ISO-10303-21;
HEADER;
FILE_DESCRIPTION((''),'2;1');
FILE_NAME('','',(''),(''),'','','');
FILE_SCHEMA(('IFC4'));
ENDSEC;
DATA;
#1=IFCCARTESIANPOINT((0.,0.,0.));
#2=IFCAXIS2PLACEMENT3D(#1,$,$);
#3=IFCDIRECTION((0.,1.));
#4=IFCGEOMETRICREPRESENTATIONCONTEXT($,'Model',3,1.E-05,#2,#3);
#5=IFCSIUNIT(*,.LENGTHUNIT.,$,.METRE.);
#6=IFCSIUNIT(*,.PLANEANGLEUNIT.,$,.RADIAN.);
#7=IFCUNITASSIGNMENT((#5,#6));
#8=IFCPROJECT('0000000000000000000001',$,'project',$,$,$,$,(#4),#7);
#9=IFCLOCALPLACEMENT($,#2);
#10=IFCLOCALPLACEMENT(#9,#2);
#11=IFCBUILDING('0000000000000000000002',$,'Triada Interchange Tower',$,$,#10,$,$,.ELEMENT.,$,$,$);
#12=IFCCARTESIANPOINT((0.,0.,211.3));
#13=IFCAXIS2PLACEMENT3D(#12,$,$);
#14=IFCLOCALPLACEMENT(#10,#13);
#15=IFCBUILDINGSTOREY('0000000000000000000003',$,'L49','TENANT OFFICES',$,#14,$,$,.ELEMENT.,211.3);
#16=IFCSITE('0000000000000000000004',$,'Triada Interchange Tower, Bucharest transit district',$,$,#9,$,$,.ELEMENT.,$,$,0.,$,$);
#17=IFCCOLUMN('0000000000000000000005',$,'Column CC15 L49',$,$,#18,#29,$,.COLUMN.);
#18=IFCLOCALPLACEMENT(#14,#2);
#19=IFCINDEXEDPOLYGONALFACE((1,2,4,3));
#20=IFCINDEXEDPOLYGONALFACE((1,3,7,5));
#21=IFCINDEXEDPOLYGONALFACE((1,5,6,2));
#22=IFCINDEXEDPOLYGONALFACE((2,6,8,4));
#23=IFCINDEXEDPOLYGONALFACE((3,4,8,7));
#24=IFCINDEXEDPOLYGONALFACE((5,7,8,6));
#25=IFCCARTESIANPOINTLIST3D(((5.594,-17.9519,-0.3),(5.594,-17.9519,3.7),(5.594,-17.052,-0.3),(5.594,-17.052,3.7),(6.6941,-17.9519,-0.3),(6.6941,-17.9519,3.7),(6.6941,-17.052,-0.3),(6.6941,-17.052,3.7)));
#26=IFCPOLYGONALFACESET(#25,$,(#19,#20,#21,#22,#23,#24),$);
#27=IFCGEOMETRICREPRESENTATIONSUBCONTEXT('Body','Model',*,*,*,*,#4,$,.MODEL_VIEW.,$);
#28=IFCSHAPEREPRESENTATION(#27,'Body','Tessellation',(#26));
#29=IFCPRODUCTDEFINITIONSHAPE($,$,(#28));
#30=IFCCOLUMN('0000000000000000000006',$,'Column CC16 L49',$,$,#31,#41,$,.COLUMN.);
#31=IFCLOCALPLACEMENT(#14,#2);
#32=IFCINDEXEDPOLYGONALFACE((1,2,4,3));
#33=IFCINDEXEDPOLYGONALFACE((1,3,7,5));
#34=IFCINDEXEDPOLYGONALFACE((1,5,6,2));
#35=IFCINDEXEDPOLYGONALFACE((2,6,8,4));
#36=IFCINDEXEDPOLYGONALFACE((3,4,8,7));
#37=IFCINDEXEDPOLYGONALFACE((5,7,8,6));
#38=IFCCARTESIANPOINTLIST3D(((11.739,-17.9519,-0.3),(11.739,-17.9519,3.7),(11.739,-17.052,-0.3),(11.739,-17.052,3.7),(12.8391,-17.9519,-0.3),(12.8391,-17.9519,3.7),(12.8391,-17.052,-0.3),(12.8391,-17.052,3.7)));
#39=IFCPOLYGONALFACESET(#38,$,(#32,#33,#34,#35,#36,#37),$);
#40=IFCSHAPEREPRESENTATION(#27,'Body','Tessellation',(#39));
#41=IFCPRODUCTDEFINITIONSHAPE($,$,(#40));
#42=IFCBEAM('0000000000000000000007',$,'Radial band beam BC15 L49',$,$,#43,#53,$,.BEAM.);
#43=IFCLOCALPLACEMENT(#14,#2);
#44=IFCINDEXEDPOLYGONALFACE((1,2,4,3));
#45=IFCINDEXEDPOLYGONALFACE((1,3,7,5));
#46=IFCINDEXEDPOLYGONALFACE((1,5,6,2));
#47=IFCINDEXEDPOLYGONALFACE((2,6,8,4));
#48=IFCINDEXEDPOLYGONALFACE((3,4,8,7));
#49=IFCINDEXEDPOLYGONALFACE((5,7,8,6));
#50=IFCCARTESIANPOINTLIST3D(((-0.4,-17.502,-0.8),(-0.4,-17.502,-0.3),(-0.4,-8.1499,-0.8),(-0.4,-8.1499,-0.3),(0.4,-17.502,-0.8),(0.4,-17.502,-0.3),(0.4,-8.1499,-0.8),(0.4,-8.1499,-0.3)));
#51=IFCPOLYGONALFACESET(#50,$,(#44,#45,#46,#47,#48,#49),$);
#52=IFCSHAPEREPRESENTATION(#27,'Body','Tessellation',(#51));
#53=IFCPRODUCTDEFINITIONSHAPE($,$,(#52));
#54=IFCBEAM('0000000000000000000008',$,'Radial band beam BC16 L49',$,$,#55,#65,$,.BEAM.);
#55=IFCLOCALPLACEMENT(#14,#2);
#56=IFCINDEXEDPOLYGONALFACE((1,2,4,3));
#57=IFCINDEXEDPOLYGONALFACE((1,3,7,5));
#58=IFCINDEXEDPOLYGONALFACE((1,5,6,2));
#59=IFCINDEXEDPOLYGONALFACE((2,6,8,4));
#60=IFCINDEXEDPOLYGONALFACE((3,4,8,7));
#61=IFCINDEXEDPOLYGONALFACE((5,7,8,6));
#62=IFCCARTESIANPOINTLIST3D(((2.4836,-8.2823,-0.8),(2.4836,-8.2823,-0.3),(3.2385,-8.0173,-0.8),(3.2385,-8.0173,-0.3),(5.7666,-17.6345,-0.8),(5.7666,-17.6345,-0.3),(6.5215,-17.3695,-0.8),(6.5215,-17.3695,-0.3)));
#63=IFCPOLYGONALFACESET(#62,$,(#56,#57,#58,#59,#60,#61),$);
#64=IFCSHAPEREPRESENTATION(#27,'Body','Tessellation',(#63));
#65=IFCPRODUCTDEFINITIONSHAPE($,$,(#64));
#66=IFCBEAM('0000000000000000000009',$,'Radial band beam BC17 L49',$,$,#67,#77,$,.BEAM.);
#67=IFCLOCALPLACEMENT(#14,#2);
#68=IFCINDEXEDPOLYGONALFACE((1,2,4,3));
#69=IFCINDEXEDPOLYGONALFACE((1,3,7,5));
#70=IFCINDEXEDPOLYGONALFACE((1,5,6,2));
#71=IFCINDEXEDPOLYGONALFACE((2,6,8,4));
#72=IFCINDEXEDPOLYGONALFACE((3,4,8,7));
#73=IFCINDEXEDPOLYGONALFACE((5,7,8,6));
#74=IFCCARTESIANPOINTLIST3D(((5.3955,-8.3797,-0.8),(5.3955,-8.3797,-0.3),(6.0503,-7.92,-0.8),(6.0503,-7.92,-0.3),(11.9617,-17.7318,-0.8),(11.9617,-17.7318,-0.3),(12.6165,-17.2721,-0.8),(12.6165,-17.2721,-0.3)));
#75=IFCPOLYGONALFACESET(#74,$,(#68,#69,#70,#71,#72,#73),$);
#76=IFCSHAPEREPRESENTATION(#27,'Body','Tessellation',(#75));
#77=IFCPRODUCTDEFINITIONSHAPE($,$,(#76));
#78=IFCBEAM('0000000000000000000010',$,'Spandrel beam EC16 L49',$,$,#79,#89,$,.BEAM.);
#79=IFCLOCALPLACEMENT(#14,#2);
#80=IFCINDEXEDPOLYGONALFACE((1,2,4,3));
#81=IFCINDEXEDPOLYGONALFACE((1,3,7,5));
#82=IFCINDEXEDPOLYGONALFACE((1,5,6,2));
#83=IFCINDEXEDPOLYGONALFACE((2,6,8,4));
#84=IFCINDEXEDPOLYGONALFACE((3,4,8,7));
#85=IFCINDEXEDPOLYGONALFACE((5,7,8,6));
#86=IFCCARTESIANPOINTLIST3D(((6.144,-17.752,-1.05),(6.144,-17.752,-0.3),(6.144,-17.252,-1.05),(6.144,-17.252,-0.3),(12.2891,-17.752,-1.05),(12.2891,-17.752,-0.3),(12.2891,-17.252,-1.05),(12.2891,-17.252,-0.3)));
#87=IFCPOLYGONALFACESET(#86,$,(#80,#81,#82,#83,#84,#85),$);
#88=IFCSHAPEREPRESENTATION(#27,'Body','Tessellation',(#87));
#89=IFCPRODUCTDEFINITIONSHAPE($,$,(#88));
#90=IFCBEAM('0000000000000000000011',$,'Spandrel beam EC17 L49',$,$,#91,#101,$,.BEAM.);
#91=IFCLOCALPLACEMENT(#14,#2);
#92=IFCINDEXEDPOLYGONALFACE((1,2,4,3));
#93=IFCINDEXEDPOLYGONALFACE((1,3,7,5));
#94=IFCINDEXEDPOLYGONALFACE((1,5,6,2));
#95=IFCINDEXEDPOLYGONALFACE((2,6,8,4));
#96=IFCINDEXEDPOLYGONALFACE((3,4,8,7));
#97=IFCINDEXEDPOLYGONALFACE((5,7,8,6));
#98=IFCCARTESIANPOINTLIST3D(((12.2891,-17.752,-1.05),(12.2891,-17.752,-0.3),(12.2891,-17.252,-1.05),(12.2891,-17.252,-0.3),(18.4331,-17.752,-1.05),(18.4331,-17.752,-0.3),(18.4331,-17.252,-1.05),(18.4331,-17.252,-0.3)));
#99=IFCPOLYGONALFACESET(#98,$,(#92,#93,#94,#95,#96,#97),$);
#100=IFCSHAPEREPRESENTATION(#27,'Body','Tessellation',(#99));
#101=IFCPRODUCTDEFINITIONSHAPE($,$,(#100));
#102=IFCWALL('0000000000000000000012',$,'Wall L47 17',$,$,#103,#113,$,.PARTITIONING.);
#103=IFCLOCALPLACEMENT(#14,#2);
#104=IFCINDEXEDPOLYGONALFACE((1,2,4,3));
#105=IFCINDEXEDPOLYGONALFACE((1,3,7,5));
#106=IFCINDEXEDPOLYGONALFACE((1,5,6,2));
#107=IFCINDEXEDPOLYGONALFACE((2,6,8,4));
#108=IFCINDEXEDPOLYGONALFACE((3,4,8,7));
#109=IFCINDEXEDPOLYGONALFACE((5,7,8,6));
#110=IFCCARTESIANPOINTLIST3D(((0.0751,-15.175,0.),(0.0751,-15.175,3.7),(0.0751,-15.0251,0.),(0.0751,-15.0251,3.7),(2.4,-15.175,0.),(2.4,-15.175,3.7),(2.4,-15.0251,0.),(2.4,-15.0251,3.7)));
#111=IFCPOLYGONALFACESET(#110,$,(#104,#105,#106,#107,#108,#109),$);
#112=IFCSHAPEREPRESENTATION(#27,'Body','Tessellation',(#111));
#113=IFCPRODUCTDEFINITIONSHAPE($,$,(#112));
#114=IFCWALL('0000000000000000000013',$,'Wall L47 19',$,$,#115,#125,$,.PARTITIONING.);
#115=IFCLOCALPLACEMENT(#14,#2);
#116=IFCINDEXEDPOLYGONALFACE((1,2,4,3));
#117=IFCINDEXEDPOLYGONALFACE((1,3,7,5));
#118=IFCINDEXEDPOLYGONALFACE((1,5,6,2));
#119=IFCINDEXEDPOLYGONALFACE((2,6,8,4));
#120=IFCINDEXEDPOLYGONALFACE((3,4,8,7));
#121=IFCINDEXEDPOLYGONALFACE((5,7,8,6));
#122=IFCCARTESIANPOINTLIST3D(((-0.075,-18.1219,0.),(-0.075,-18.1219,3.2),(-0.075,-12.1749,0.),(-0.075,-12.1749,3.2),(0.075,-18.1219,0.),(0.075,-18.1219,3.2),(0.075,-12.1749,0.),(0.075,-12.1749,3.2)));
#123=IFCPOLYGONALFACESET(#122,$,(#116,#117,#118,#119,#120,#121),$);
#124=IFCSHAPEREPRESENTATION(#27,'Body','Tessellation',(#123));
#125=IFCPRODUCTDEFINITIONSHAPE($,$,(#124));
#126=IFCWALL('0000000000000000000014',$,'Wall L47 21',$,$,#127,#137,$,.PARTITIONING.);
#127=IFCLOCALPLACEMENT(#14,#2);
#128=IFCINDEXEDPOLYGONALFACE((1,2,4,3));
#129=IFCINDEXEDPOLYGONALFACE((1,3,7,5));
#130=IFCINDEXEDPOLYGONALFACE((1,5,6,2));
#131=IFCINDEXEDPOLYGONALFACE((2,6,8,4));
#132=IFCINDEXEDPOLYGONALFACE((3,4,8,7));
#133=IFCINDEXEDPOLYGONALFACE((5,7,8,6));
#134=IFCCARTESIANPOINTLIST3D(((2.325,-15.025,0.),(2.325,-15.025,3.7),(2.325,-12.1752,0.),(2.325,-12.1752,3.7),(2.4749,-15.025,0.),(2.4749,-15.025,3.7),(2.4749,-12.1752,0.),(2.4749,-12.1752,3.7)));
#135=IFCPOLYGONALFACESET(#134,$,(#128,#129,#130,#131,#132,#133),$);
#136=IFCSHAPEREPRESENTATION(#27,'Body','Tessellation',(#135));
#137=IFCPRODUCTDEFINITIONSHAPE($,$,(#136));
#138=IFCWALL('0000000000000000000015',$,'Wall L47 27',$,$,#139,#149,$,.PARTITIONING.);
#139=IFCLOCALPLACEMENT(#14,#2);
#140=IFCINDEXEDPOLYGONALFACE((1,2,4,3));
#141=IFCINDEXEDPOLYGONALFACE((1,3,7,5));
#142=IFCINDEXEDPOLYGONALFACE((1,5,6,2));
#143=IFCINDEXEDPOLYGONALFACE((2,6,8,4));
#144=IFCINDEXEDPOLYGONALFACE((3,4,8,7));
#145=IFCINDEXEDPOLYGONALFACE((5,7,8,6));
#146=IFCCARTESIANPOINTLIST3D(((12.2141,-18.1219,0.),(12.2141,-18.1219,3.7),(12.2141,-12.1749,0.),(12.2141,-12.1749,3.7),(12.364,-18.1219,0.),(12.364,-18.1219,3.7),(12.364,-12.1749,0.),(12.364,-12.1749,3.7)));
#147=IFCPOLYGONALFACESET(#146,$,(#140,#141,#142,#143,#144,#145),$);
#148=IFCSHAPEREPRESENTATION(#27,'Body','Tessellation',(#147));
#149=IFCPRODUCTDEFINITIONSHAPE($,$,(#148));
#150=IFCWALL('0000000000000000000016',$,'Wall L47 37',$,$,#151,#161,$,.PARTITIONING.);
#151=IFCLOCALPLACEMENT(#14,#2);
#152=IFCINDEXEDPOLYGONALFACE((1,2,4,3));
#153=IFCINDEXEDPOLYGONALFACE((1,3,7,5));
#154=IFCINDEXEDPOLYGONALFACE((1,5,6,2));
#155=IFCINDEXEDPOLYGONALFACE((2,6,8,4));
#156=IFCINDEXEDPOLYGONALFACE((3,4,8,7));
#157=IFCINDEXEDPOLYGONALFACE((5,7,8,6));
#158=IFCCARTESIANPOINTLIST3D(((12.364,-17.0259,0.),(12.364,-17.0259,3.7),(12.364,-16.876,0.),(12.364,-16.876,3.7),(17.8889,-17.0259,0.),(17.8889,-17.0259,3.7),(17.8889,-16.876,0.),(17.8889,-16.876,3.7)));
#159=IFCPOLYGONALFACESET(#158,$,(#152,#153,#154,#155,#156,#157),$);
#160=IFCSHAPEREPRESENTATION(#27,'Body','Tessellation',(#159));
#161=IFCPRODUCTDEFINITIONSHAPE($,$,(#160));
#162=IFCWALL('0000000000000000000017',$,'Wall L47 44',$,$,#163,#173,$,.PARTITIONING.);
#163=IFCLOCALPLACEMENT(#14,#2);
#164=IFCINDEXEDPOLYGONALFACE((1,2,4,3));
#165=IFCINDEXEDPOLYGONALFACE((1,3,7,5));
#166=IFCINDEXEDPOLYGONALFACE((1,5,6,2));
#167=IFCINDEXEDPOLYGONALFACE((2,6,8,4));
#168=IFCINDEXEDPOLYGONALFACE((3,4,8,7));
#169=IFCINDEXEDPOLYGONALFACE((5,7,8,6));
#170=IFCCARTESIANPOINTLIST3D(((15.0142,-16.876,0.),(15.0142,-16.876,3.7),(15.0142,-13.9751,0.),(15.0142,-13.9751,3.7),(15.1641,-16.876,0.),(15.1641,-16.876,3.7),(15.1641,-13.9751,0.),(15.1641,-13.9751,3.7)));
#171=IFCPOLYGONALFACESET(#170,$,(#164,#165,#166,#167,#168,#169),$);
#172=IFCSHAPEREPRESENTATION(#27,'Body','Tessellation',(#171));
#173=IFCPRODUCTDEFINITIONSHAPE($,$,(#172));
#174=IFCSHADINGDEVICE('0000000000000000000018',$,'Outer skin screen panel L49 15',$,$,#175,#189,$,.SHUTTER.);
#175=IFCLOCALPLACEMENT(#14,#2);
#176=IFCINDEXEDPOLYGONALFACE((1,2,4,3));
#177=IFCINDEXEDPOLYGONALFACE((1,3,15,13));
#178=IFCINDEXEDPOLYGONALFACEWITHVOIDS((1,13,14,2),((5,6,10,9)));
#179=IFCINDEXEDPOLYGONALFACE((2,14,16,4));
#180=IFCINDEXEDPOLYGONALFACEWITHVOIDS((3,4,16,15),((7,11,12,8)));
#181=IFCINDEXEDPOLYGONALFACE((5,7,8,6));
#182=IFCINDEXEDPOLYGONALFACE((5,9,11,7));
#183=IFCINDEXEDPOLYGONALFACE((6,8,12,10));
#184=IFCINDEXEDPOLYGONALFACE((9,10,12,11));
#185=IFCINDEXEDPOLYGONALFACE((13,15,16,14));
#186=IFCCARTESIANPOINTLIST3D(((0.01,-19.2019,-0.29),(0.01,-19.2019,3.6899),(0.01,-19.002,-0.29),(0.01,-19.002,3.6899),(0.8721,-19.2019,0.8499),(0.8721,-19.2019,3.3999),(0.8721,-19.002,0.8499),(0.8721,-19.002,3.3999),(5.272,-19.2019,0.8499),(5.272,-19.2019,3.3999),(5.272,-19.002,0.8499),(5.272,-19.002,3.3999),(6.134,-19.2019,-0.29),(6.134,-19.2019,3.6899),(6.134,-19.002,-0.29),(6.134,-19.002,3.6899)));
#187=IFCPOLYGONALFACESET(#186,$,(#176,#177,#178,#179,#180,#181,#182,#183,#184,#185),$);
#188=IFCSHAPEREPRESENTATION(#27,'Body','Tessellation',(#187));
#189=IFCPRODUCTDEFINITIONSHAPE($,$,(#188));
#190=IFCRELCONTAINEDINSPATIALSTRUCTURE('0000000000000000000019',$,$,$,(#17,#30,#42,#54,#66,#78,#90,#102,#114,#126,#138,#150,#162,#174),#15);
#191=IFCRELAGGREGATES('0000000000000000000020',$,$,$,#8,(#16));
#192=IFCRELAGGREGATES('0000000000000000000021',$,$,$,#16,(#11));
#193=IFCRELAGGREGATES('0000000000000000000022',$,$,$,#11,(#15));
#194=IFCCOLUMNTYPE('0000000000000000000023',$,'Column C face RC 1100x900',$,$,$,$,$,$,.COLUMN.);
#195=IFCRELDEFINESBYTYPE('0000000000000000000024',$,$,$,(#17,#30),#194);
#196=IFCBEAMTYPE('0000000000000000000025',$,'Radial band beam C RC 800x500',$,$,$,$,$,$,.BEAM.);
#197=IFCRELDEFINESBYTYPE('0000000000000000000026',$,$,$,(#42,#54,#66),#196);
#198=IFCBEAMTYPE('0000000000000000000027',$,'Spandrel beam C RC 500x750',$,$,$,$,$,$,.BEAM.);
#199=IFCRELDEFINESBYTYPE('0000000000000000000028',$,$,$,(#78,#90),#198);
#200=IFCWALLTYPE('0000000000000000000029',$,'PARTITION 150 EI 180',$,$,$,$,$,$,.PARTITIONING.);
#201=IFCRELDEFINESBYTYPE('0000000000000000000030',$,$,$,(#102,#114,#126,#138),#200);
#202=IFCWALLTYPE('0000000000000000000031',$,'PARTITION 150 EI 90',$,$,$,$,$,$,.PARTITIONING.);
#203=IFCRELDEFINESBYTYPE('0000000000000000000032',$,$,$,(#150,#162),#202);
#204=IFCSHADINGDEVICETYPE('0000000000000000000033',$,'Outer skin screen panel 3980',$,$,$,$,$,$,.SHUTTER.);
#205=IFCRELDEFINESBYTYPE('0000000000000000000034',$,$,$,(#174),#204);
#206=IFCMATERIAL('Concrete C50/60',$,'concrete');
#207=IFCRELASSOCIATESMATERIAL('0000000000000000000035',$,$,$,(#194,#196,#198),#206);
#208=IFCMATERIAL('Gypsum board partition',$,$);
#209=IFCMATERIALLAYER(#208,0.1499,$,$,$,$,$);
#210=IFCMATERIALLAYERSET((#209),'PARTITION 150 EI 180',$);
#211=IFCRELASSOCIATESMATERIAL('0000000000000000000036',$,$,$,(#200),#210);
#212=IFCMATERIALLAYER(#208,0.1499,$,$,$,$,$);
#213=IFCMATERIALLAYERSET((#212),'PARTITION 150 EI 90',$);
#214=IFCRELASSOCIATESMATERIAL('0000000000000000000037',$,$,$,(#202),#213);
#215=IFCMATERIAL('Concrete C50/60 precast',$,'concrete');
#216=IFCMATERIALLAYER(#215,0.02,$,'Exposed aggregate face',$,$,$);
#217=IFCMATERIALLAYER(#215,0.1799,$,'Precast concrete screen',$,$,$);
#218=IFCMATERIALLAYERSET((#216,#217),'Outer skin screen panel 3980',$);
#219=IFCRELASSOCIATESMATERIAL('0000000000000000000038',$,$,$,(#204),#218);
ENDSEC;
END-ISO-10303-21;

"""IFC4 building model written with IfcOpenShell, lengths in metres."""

from ifc_helpers import new_model, si_unit, direction, frame, frame_2d, origin, origin_2d, place, context, subcontext, project, spatial, polyline, rectangle, outline, extrude, material, layer, layer_set, material_profile, profile_set, type_object, element, save


model = new_model("IFC4")

# Units and contexts
model_context = context("Model", 3, precision=1e-05, world=origin(), true_north=direction((0.0, 1.0)))
body_context = subcontext(model_context, "Body", "Model", "MODEL_VIEW")
ifc_project = project(units=[si_unit("LENGTHUNIT", "METRE"), si_unit("PLANEANGLEUNIT", "RADIAN")], contexts=[model_context])

# Site, building, storey
site_placement = place(None, origin())
site = spatial("IfcSite", under=ifc_project, at=site_placement, Name="Triada Interchange Tower, Bucharest transit district", CompositionType="ELEMENT", RefElevation=0.0)
building_placement = place(site_placement, origin())
building = spatial("IfcBuilding", under=site, at=building_placement, Name="Triada Interchange Tower", CompositionType="ELEMENT")
storey_placement = place(building_placement, frame((0.0, 0.0, 211.3)))
storey = spatial("IfcBuildingStorey", under=building, at=storey_placement, Name="L49", Description="TENANT OFFICES", CompositionType="ELEMENT", Elevation=211.3)

# Columns
ifc_material_1 = material(Name="Concrete C50/60", Category="concrete")
ifc_material_profile_1 = material_profile(ifc_material_1, rectangle(XDim=1.1001, YDim=0.8999, at=origin_2d()), Name="RC 1100x900")
ifc_profile_set_1 = profile_set([ifc_material_profile_1], Name="Concrete C50/60")
column_type = type_object("IfcColumnType", Name="Column C face RC 1100x900", PredefinedType="COLUMN", material=ifc_profile_set_1)
for number, where, z_axis, x_axis, name in (
    (1, (6.144, -17.502, -0.3), (0.0, 0.0, 1.0), (1.0, 0.0, 0.0), "Column CC15 L49"),
    (2, (12.2891, -17.502, -0.3), (0.0, 0.0, 1.0), (1.0, 0.0, 0.0), "Column CC16 L49"),
):
    element("IfcColumn", number, at=place(storey_placement, frame(where, z_axis=z_axis, x_axis=x_axis)), inside=storey, type_object=column_type, Name=name, PredefinedType="COLUMN", context=body_context, shape_type="SweptSolid", body=[
        extrude(rectangle(XDim=1.1001, YDim=0.8999, at=origin_2d()), origin(), (0.0, 0.0, 1.0), 4.0),
    ])

# Beams
ifc_material_profile_2 = material_profile(ifc_material_1, rectangle(XDim=0.8, YDim=0.5, at=origin_2d()), Name="RC 800x500")
ifc_profile_set_2 = profile_set([ifc_material_profile_2], Name="Concrete C50/60")
beam_type_1 = type_object("IfcBeamType", Name="Radial band beam C RC 800x500", PredefinedType="BEAM", material=ifc_profile_set_2)
beam_1_placement = place(storey_placement, frame((0.0, -17.502, -0.55), z_axis=(0.0, 1.0, 0.0), x_axis=(-1.0, 0.0, 0.0)))
element("IfcBeam", 3, at=beam_1_placement, inside=storey, type_object=beam_type_1, Name="Radial band beam BC15 L49", PredefinedType="BEAM", context=body_context, shape_type="SweptSolid", body=[
    extrude(rectangle(XDim=0.8, YDim=0.5, at=origin_2d()), origin(), (0.0, 0.0, 1.0), 9.3521),
])
beam_2_placement = place(storey_placement, frame((6.144, -17.502, -0.55), z_axis=(-0.331226, 0.943552, 0.0), x_axis=(-0.943552, -0.331226, 0.0)))
element("IfcBeam", 4, at=beam_2_placement, inside=storey, type_object=beam_type_1, Name="Radial band beam BC16 L49", PredefinedType="BEAM", context=body_context, shape_type="SweptSolid", body=[
    extrude(rectangle(XDim=0.8, YDim=0.5, at=origin_2d()), origin(), (0.0, 0.0, 1.0), 9.9116),
])
beam_3_placement = place(storey_placement, frame((12.2891, -17.502, -0.55), z_axis=(-0.57462, 0.81842, 0.0), x_axis=(-0.81842, -0.57462, 0.0)))
element("IfcBeam", 5, at=beam_3_placement, inside=storey, type_object=beam_type_1, Name="Radial band beam BC17 L49", PredefinedType="BEAM", context=body_context, shape_type="SweptSolid", body=[
    extrude(rectangle(XDim=0.8, YDim=0.5, at=origin_2d()), origin(), (0.0, 0.0, 1.0), 11.427),
])
ifc_material_profile_3 = material_profile(ifc_material_1, rectangle(XDim=0.5, YDim=0.75, at=origin_2d()), Name="RC 500x750")
ifc_profile_set_3 = profile_set([ifc_material_profile_3], Name="Concrete C50/60")
beam_type_2 = type_object("IfcBeamType", Name="Spandrel beam C RC 500x750", PredefinedType="BEAM", material=ifc_profile_set_3)
beam_4_placement = place(storey_placement, frame((6.144, -17.502, -0.675), z_axis=(1.0, 0.0, 0.0), x_axis=(0.0, 1.0, 0.0)))
element("IfcBeam", 6, at=beam_4_placement, inside=storey, type_object=beam_type_2, Name="Spandrel beam EC16 L49", PredefinedType="BEAM", context=body_context, shape_type="SweptSolid", body=[
    extrude(rectangle(XDim=0.5, YDim=0.75, at=origin_2d()), origin(), (0.0, 0.0, 1.0), 6.145),
])
beam_5_placement = place(storey_placement, frame((12.2891, -17.502, -0.675), z_axis=(1.0, 0.0, 0.0), x_axis=(0.0, 1.0, 0.0)))
element("IfcBeam", 7, at=beam_5_placement, inside=storey, type_object=beam_type_2, Name="Spandrel beam EC17 L49", PredefinedType="BEAM", context=body_context, shape_type="SweptSolid", body=[
    extrude(rectangle(XDim=0.5, YDim=0.75, at=origin_2d()), origin(), (0.0, 0.0, 1.0), 6.144),
])

# Walls
ifc_material_2 = material(Name="Gypsum board partition")
ifc_layer_1 = layer(ifc_material_2, 0.1499)
ifc_layer_set_1 = layer_set([ifc_layer_1], Name="PARTITION 150 EI 180")
wall_type_1 = type_object("IfcWallType", Name="PARTITION 150 EI 180", PredefinedType="PARTITIONING", material=ifc_layer_set_1)
wall_1_placement = place(storey_placement, frame((0.075, -15.1001, 0.0), z_axis=(0.0, 0.0, 1.0), x_axis=(1.0, 0.0, 0.0)))
element("IfcWall", 8, at=wall_1_placement, inside=storey, type_object=wall_type_1, Name="Wall L47 17", PredefinedType="PARTITIONING", context=body_context, shape_type="SweptSolid", body=[
    extrude(rectangle(XDim=2.325, YDim=0.1499, at=frame_2d((1.1626, 0.0))), origin(), (0.0, 0.0, 1.0), 3.7),
])
wall_2_placement = place(storey_placement, frame((0.0, -18.1221, 0.0), z_axis=(0.0, 0.0, 1.0), x_axis=(0.0, 1.0, 0.0)))
element("IfcWall", 9, at=wall_2_placement, inside=storey, type_object=wall_type_1, Name="Wall L47 19", PredefinedType="PARTITIONING", context=body_context, shape_type="SweptSolid", body=[
    extrude(rectangle(XDim=5.947, YDim=0.1499, at=frame_2d((2.9736, 0.0))), origin(), (0.0, 0.0, 1.0), 3.2),
])
wall_3_placement = place(storey_placement, frame((2.3999, -15.0249, 0.0), z_axis=(0.0, 0.0, 1.0), x_axis=(0.0, 1.0, 0.0)))
element("IfcWall", 10, at=wall_3_placement, inside=storey, type_object=wall_type_1, Name="Wall L47 21", PredefinedType="PARTITIONING", context=body_context, shape_type="SweptSolid", body=[
    extrude(rectangle(XDim=2.8499, YDim=0.1499, at=frame_2d((1.4248, 0.0))), origin(), (0.0, 0.0, 1.0), 3.7),
])
wall_4_placement = place(storey_placement, frame((12.2891, -18.1221, 0.0), z_axis=(0.0, 0.0, 1.0), x_axis=(0.0, 1.0, 0.0)))
element("IfcWall", 11, at=wall_4_placement, inside=storey, type_object=wall_type_1, Name="Wall L47 27", PredefinedType="PARTITIONING", context=body_context, shape_type="SweptSolid", body=[
    extrude(rectangle(XDim=5.947, YDim=0.1499, at=frame_2d((2.9736, 0.0))), origin(), (0.0, 0.0, 1.0), 3.7),
])
ifc_layer_2 = layer(ifc_material_2, 0.1499)
ifc_layer_set_2 = layer_set([ifc_layer_2], Name="PARTITION 150 EI 90")
wall_type_2 = type_object("IfcWallType", Name="PARTITION 150 EI 90", PredefinedType="PARTITIONING", material=ifc_layer_set_2)
wall_5_placement = place(storey_placement, frame((12.364, -16.9509, 0.0), z_axis=(0.0, 0.0, 1.0), x_axis=(1.0, 0.0, 0.0)))
element("IfcWall", 12, at=wall_5_placement, inside=storey, type_object=wall_type_2, Name="Wall L47 37", PredefinedType="PARTITIONING", context=body_context, shape_type="SweptSolid", body=[
    extrude(rectangle(XDim=5.5249, YDim=0.1499, at=frame_2d((2.7625, 0.0))), origin(), (0.0, 0.0, 1.0), 3.7),
])
wall_6_placement = place(storey_placement, frame((15.0891, -16.876, 0.0), z_axis=(0.0, 0.0, 1.0), x_axis=(0.0, 1.0, 0.0)))
element("IfcWall", 13, at=wall_6_placement, inside=storey, type_object=wall_type_2, Name="Wall L47 44", PredefinedType="PARTITIONING", context=body_context, shape_type="SweptSolid", body=[
    extrude(rectangle(XDim=2.9009, YDim=0.1499, at=frame_2d((1.4504, 0.0))), origin(), (0.0, 0.0, 1.0), 3.7),
])

# Shading device
ifc_material_3 = material(Name="Concrete C50/60 precast", Category="concrete")
ifc_layer_3 = layer(ifc_material_3, 0.02, Name="Exposed aggregate face")
ifc_layer_4 = layer(ifc_material_3, 0.1799, Name="Precast concrete screen")
ifc_layer_set_3 = layer_set([ifc_layer_3, ifc_layer_4], Name="Outer skin screen panel 3980")
shading_device_type = type_object("IfcShadingDeviceType", Name="Outer skin screen panel 3980", PredefinedType="SHUTTER", material=ifc_layer_set_3)
shading_device_1_placement = place(storey_placement, frame((0.01, -19.002, -0.29), z_axis=(0.0, 0.0, 1.0), x_axis=(1.0, 0.0, 0.0)))
element("IfcShadingDevice", 14, at=shading_device_1_placement, inside=storey, type_object=shading_device_type, Name="Outer skin screen panel L49 15", PredefinedType="SHUTTER", context=body_context, shape_type="SweptSolid", body=[
    extrude(outline(polyline([(0.0, 0.0), (6.124, 0.0), (6.124, 3.98), (0.0, 3.98), (0.0, 0.0)]), holes=[polyline([(0.8621, 1.1399), (0.8621, 3.6899), (5.262, 3.6899), (5.262, 1.1399), (0.8621, 1.1399)])]), frame((0.0, 0.0, 0.0), z_axis=(0.0, -1.0, 0.0), x_axis=(1.0, 0.0, 0.0)), (0.0, 0.0, 1.0), 0.2),
])

save(model, "model.ifc")
